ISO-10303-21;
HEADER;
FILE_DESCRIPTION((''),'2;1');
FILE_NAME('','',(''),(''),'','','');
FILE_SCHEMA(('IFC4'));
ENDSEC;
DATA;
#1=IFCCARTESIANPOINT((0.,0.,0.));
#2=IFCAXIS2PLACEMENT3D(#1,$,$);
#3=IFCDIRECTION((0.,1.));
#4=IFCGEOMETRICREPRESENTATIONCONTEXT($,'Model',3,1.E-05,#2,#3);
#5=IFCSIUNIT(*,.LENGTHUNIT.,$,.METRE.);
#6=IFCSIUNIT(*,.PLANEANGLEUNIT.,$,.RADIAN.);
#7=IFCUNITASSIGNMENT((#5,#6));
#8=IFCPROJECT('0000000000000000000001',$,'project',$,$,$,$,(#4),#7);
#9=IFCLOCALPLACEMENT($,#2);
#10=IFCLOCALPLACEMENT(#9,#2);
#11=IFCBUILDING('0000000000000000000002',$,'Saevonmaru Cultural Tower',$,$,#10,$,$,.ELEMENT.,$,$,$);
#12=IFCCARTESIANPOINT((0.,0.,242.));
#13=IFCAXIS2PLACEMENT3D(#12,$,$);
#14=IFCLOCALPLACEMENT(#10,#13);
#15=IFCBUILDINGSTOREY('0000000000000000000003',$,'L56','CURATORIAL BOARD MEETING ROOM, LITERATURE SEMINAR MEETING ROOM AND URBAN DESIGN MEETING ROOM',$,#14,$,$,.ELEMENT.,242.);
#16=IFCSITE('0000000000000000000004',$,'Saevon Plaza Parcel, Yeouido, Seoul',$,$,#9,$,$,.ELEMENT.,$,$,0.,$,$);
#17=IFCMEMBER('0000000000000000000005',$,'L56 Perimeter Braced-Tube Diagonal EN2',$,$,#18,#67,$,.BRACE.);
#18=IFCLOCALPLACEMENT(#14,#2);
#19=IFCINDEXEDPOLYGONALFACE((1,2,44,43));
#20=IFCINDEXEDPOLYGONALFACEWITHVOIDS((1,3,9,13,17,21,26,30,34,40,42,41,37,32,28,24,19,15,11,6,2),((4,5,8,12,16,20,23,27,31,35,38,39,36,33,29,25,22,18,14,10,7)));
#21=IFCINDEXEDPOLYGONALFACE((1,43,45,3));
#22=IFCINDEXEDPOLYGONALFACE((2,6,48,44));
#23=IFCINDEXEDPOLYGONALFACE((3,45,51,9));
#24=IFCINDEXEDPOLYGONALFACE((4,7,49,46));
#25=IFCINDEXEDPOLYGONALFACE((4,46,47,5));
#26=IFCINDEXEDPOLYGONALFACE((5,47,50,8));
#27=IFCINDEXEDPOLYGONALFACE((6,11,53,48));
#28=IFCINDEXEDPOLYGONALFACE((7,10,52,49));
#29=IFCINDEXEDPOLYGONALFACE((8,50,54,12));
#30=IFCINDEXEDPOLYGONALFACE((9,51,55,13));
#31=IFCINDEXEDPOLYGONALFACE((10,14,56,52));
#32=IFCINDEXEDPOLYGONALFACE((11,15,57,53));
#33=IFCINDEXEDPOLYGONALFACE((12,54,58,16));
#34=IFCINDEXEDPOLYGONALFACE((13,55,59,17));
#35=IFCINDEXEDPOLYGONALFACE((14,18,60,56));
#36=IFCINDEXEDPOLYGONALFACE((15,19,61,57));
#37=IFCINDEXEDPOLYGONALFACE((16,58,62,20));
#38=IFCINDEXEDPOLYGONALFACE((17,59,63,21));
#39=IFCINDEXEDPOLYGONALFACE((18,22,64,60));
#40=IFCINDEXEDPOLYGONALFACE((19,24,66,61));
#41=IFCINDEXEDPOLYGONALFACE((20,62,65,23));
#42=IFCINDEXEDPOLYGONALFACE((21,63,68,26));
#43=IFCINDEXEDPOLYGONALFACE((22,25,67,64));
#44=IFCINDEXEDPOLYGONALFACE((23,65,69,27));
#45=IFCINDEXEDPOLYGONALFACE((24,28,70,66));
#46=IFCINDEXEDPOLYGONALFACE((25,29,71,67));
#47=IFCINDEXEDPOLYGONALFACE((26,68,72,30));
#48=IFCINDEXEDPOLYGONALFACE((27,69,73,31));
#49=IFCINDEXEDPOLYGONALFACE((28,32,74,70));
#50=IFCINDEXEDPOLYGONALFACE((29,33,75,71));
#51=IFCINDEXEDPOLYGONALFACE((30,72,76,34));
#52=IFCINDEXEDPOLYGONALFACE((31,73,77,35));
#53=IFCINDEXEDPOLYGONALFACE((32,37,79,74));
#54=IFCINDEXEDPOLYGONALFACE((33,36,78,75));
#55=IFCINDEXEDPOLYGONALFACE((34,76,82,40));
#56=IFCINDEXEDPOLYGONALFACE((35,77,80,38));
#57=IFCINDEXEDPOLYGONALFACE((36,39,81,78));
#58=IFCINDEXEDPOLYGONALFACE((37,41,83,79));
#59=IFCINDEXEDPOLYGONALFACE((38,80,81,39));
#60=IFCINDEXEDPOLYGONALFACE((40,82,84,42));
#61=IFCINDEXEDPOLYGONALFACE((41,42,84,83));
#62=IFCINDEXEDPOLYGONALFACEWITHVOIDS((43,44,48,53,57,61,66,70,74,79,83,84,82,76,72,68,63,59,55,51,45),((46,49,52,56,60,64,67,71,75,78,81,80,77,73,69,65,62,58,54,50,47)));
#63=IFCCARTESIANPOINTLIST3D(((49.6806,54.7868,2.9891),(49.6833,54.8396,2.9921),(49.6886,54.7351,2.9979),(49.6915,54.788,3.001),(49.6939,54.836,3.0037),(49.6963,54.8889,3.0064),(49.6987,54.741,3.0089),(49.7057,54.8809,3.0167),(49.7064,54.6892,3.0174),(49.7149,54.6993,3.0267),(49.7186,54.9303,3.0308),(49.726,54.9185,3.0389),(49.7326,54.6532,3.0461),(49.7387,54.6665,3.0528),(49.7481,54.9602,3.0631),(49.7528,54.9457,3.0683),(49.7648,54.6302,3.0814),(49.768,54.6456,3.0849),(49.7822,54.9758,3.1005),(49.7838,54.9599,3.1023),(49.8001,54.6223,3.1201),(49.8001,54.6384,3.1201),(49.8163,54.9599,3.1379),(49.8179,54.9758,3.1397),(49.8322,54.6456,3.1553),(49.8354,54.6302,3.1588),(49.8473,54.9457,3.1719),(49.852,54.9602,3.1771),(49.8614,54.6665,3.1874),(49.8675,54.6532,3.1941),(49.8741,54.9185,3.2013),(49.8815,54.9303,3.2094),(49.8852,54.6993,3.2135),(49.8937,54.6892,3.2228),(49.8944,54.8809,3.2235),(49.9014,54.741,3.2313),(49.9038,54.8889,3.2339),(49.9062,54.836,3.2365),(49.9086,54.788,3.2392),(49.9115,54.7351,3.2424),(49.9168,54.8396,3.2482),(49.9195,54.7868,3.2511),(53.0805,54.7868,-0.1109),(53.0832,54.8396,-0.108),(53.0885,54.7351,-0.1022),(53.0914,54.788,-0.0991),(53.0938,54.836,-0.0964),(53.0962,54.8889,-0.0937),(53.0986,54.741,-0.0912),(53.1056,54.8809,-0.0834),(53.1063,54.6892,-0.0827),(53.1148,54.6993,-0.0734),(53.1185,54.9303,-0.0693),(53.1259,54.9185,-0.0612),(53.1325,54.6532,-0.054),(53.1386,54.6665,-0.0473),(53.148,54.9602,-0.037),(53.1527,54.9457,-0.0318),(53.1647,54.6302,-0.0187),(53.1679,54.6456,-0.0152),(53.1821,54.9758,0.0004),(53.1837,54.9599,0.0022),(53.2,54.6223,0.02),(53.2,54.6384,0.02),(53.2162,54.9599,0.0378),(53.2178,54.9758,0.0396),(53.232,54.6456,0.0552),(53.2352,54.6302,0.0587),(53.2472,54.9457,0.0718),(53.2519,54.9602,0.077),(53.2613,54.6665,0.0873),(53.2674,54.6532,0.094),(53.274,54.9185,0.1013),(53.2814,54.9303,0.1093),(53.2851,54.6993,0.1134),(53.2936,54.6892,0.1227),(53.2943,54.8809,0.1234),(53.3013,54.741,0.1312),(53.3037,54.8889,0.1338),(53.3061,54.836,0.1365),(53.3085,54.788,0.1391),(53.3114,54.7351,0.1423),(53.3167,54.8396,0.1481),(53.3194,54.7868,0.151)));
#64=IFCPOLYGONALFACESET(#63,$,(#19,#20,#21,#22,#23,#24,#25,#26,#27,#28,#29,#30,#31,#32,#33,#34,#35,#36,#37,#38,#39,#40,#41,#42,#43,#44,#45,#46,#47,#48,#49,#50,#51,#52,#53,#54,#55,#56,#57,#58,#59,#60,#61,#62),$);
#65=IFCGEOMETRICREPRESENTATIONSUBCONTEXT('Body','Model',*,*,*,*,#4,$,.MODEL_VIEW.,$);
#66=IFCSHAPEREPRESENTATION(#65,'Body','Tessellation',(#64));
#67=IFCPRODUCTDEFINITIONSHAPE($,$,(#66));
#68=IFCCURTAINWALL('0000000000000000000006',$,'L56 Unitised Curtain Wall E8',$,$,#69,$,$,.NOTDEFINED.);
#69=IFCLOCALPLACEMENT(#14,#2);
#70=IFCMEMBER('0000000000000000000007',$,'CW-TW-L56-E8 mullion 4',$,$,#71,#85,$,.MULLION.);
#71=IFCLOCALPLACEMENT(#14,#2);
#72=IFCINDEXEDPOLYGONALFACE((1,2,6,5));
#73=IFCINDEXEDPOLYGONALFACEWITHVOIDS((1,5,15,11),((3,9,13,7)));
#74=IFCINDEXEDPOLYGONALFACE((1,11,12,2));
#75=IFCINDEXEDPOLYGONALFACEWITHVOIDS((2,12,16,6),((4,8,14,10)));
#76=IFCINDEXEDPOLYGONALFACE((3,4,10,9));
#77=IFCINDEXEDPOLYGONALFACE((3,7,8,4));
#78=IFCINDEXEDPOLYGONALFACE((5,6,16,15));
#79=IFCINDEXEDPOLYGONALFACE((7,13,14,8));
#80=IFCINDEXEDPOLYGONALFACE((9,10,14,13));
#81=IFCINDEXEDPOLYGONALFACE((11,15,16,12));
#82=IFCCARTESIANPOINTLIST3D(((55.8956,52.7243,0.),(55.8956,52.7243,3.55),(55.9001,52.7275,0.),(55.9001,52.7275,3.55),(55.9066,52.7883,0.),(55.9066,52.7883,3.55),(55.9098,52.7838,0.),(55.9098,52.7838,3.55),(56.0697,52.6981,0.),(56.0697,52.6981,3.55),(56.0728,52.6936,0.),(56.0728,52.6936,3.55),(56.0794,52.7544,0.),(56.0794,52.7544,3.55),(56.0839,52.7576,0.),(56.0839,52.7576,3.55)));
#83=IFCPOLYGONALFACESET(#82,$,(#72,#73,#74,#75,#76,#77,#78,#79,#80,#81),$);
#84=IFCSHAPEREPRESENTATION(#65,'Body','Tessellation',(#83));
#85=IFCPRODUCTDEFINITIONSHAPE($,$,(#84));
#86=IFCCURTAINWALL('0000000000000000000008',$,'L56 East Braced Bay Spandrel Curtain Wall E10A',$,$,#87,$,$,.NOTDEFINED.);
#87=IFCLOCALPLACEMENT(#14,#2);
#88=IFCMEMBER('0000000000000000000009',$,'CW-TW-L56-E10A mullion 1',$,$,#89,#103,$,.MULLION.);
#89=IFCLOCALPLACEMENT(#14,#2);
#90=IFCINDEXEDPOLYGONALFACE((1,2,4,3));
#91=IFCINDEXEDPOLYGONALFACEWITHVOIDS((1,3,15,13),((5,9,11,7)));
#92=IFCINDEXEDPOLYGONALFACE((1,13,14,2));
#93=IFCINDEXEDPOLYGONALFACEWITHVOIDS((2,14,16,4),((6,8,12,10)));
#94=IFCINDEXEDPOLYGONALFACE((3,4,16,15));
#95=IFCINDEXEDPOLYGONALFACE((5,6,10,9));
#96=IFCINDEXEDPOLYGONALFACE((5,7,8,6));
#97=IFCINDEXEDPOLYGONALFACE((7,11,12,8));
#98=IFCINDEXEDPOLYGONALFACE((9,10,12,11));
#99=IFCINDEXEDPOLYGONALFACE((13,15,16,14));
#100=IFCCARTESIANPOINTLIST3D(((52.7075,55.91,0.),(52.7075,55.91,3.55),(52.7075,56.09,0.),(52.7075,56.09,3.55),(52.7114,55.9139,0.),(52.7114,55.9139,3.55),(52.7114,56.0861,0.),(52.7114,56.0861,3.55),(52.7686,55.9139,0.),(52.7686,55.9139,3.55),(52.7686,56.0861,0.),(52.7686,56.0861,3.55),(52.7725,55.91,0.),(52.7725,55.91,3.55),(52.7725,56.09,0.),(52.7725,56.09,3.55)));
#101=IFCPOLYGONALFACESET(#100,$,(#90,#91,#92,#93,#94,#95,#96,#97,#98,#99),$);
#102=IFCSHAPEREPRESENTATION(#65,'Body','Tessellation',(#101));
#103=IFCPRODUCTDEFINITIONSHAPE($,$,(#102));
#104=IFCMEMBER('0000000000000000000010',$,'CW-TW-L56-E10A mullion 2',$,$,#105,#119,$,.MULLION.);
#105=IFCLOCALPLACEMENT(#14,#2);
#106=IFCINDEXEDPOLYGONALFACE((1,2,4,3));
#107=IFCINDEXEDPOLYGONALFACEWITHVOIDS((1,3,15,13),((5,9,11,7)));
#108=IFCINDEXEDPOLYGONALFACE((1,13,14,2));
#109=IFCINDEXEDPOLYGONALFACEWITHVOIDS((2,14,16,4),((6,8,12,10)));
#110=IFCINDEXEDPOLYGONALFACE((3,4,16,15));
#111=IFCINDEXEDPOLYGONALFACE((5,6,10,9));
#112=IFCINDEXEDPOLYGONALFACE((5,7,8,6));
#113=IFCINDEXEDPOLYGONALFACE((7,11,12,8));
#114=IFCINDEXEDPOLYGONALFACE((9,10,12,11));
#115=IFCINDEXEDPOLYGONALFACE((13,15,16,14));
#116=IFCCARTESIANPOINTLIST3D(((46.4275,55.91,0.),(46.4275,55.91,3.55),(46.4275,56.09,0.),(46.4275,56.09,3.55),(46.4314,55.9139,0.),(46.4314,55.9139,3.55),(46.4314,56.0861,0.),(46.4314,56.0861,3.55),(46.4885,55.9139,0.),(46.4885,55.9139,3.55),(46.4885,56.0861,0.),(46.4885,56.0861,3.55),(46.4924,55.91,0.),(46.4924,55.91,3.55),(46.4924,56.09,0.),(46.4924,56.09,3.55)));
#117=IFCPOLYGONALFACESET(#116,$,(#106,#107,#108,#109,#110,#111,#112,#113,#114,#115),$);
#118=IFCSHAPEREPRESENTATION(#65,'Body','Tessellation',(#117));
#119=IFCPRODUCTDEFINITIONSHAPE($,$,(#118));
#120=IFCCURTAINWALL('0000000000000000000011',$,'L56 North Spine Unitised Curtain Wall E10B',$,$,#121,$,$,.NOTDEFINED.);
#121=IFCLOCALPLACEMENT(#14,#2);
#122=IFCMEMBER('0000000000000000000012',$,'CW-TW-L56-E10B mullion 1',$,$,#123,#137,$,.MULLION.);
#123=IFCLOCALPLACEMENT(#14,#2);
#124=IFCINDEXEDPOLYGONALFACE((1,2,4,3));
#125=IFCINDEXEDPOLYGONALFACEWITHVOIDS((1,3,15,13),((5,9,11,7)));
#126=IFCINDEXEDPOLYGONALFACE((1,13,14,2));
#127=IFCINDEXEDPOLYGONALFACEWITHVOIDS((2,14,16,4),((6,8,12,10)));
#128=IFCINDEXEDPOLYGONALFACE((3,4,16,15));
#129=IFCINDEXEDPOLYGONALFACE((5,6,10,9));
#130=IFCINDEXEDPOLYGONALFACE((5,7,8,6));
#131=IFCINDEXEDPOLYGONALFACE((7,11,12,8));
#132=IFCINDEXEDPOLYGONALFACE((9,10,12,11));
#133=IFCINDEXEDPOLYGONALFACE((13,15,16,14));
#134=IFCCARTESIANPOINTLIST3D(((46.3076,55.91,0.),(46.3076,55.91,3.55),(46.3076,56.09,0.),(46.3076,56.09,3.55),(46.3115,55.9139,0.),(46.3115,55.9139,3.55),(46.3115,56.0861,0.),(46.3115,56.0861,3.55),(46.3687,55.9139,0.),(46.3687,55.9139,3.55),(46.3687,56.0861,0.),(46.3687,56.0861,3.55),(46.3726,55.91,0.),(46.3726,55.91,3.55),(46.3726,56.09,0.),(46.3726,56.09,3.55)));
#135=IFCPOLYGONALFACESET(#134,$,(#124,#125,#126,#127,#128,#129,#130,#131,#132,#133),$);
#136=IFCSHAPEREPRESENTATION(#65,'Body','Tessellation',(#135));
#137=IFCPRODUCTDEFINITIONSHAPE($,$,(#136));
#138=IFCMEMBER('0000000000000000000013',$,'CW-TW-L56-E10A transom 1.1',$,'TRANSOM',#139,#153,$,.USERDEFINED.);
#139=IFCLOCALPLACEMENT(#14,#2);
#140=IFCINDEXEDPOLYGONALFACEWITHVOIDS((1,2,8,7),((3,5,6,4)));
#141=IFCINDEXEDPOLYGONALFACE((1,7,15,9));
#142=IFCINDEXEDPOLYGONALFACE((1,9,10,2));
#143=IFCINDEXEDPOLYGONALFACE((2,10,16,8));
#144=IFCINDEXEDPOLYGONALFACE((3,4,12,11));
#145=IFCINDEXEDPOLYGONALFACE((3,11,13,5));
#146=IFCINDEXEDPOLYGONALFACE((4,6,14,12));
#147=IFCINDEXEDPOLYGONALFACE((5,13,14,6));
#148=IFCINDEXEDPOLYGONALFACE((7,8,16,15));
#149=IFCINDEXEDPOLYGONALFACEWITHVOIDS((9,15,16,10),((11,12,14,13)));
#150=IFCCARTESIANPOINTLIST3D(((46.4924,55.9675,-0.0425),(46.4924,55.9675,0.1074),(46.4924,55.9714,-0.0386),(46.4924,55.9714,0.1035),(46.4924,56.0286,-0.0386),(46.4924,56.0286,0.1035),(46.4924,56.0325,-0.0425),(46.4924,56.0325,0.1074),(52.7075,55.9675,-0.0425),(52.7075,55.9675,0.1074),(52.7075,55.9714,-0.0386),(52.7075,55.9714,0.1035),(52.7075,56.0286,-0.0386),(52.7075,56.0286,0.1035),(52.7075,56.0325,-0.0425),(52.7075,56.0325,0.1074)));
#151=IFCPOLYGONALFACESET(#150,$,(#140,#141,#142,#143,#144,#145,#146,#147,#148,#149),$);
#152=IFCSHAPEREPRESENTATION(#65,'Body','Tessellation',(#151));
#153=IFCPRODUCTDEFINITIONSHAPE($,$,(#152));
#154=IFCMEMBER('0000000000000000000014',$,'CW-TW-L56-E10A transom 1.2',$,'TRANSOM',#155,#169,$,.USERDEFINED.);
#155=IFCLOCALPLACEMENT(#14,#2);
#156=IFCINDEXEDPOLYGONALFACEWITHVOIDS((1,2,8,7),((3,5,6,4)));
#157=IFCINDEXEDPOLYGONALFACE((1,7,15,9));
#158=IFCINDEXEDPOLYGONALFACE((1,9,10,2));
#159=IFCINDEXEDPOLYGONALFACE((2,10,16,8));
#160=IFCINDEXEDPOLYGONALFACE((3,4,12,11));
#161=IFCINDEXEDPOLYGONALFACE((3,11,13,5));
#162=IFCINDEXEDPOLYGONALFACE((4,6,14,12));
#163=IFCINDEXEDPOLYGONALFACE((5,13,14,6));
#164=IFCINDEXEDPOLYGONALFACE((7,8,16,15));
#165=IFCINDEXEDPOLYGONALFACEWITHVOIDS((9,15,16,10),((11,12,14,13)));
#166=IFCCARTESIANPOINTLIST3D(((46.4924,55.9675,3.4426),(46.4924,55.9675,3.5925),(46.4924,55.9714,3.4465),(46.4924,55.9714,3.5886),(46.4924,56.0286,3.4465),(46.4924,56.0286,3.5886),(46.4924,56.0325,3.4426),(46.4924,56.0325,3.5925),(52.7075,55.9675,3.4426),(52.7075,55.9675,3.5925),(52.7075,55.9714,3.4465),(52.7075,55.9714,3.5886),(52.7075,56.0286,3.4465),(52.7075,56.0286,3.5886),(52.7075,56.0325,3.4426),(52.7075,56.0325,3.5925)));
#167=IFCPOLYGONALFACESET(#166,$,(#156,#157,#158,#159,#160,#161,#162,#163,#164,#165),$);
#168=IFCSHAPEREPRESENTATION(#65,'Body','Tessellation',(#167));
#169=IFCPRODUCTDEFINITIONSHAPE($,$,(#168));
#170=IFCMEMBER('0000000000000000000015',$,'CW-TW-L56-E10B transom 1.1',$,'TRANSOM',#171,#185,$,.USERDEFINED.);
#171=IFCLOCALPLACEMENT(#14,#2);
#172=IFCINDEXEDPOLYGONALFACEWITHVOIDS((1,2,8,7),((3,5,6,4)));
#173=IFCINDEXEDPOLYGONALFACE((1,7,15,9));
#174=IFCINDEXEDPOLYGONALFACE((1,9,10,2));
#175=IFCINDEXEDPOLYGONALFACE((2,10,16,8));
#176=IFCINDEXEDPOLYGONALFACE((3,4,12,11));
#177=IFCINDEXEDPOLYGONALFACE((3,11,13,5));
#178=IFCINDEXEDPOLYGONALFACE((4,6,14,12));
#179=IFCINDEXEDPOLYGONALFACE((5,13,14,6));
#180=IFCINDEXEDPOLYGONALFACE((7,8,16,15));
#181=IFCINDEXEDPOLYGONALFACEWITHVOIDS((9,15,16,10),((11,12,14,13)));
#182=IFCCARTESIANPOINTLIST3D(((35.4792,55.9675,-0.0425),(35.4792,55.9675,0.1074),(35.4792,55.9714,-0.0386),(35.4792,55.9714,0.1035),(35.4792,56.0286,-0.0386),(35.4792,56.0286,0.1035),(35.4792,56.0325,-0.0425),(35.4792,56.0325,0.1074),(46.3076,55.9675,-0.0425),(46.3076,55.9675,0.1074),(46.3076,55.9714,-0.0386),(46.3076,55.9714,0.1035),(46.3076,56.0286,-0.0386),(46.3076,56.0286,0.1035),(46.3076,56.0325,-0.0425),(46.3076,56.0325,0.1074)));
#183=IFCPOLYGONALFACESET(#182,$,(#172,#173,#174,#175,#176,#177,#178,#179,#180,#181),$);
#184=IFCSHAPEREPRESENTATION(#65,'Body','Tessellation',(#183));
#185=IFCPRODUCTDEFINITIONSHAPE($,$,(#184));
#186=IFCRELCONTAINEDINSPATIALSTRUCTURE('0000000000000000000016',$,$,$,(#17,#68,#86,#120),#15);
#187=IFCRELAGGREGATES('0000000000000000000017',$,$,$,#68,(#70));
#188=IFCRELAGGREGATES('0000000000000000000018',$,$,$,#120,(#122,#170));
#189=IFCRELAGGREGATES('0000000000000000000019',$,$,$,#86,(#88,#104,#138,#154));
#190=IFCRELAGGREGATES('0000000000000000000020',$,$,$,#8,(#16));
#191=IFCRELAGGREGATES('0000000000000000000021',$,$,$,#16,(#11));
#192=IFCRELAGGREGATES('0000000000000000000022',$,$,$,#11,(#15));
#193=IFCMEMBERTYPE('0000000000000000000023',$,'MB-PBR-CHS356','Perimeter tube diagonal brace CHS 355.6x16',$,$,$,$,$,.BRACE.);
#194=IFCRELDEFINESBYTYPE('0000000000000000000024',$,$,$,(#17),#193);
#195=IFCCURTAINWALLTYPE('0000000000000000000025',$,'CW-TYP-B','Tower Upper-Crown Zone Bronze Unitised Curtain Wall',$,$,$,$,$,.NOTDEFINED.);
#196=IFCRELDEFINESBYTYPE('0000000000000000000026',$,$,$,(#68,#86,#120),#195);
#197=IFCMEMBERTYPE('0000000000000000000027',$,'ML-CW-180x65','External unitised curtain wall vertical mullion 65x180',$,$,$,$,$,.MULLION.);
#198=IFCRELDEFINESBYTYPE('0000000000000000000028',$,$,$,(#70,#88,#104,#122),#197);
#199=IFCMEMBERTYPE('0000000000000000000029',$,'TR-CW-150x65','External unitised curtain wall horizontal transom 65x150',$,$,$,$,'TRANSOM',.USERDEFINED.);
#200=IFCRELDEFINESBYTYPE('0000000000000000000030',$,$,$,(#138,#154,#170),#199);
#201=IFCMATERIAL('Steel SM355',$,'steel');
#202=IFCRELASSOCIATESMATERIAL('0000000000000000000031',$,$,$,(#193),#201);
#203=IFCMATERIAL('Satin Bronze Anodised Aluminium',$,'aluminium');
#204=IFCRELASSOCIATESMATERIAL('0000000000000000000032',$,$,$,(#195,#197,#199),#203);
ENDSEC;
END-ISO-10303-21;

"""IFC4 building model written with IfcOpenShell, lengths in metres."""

from ifc_helpers import new_model, si_unit, direction, frame, origin, origin_2d, place, context, subcontext, project, spatial, hollow_rectangle, hollow_circle, extrude, material, material_profile, profile_set, type_object, element, aggregate, save


model = new_model("IFC4")

# Units and contexts
model_context = context("Model", 3, precision=1e-05, world=origin(), true_north=direction((0.0, 1.0)))
body_context = subcontext(model_context, "Body", "Model", "MODEL_VIEW")
ifc_project = project(units=[si_unit("LENGTHUNIT", "METRE"), si_unit("PLANEANGLEUNIT", "RADIAN")], contexts=[model_context])

# Site, building, storey
site_placement = place(None, origin())
site = spatial("IfcSite", under=ifc_project, at=site_placement, Name="Saevon Plaza Parcel, Yeouido, Seoul", CompositionType="ELEMENT", RefElevation=0.0)
building_placement = place(site_placement, origin())
building = spatial("IfcBuilding", under=site, at=building_placement, Name="Saevonmaru Cultural Tower", CompositionType="ELEMENT")
storey_placement = place(building_placement, frame((0.0, 0.0, 242.0)))
storey = spatial("IfcBuildingStorey", under=building, at=storey_placement, Name="L56", Description="CURATORIAL BOARD MEETING ROOM, LITERATURE SEMINAR MEETING ROOM AND URBAN DESIGN MEETING ROOM", CompositionType="ELEMENT", Elevation=242.0)

# Shared definitions
ifc_material_1 = material(Name="Steel SM355", Category="steel")

# Member
ifc_material_profile_1 = material_profile(ifc_material_1, hollow_circle(Radius=0.1777, WallThickness=0.0161, at=origin_2d()), Name="CHS-355.6x16")
ifc_profile_set_1 = profile_set([ifc_material_profile_1], Name="Steel SM355")
member_type_1 = type_object("IfcMemberType", Name="MB-PBR-CHS356", Description="Perimeter tube diagonal brace CHS 355.6x16", PredefinedType="BRACE", material=ifc_profile_set_1)
member_1_placement = place(storey_placement, frame((53.2, 54.8, 0.02), z_axis=(-0.738936, 0.0, 0.673776), x_axis=(0.0, -1.0, 0.0)))
element("IfcMember", 1, at=member_1_placement, inside=storey, type_object=member_type_1, Name="L56 Perimeter Braced-Tube Diagonal EN2", PredefinedType="BRACE", context=body_context, shape_type="SweptSolid", body=[
    extrude(hollow_circle(Radius=0.1777, WallThickness=0.0161, at=origin_2d()), origin(), (0.0, 0.0, 1.0), 4.6011),
])

# Curtain wall, member
ifc_material_2 = material(Name="Satin Bronze Anodised Aluminium", Category="aluminium")
curtain_wall_type = type_object("IfcCurtainWallType", Name="CW-TYP-B", Description="Tower Upper-Crown Zone Bronze Unitised Curtain Wall", PredefinedType="NOTDEFINED", material=ifc_material_2)
curtain_wall_1_placement = place(storey_placement, origin())
curtain_wall_1 = element("IfcCurtainWall", 2, at=curtain_wall_1_placement, inside=storey, type_object=curtain_wall_type, Name="L56 Unitised Curtain Wall E8", PredefinedType="NOTDEFINED")
ifc_material_profile_2 = material_profile(ifc_material_2, hollow_rectangle(XDim=0.0649, YDim=0.1799, WallThickness=0.0039, at=origin_2d()), Name="ALU-MULL-180x65x4")
ifc_profile_set_2 = profile_set([ifc_material_profile_2], Name="Satin Bronze Anodised Aluminium")
member_type_2 = type_object("IfcMemberType", Name="ML-CW-180x65", Description="External unitised curtain wall vertical mullion 65x180", PredefinedType="MULLION", material=ifc_profile_set_2)
member_2_placement = place(storey_placement, frame((55.9897, 52.741, 0.0), z_axis=(0.0, 0.0, 1.0), x_axis=(0.17079, 0.985307, 0.0)))
member_2 = element("IfcMember", 3, at=member_2_placement, type_object=member_type_2, Name="CW-TW-L56-E8 mullion 4", PredefinedType="MULLION", context=body_context, shape_type="SweptSolid", body=[
    extrude(hollow_rectangle(XDim=0.0649, YDim=0.1799, WallThickness=0.0039, at=origin_2d()), origin(), (0.0, 0.0, 1.0), 3.55),
])
aggregate(curtain_wall_1, [member_2])

# Curtain wall, members
curtain_wall_2_placement = place(storey_placement, origin())
curtain_wall_2 = element("IfcCurtainWall", 4, at=curtain_wall_2_placement, inside=storey, type_object=curtain_wall_type, Name="L56 East Braced Bay Spandrel Curtain Wall E10A", PredefinedType="NOTDEFINED")
member_3_placement = place(storey_placement, frame((52.74, 56.0, 0.0), z_axis=(0.0, 0.0, 1.0), x_axis=(-1.0, 0.0, 0.0)))
member_3 = element("IfcMember", 5, at=member_3_placement, type_object=member_type_2, Name="CW-TW-L56-E10A mullion 1", PredefinedType="MULLION", context=body_context, shape_type="SweptSolid", body=[
    extrude(hollow_rectangle(XDim=0.0649, YDim=0.1799, WallThickness=0.0039, at=origin_2d()), origin(), (0.0, 0.0, 1.0), 3.55),
])
member_4_placement = place(storey_placement, frame((46.46, 56.0, 0.0), z_axis=(0.0, 0.0, 1.0), x_axis=(-1.0, 0.0, 0.0)))
member_4 = element("IfcMember", 6, at=member_4_placement, type_object=member_type_2, Name="CW-TW-L56-E10A mullion 2", PredefinedType="MULLION", context=body_context, shape_type="SweptSolid", body=[
    extrude(hollow_rectangle(XDim=0.0649, YDim=0.1799, WallThickness=0.0039, at=origin_2d()), origin(), (0.0, 0.0, 1.0), 3.55),
])

# Curtain wall, member
curtain_wall_3_placement = place(storey_placement, origin())
curtain_wall_3 = element("IfcCurtainWall", 7, at=curtain_wall_3_placement, inside=storey, type_object=curtain_wall_type, Name="L56 North Spine Unitised Curtain Wall E10B", PredefinedType="NOTDEFINED")
member_5_placement = place(storey_placement, frame((46.3401, 56.0, 0.0), z_axis=(0.0, 0.0, 1.0), x_axis=(-1.0, 0.0, 0.0)))
member_5 = element("IfcMember", 8, at=member_5_placement, type_object=member_type_2, Name="CW-TW-L56-E10B mullion 1", PredefinedType="MULLION", context=body_context, shape_type="SweptSolid", body=[
    extrude(hollow_rectangle(XDim=0.0649, YDim=0.1799, WallThickness=0.0039, at=origin_2d()), origin(), (0.0, 0.0, 1.0), 3.55),
])

# Members
ifc_material_profile_3 = material_profile(ifc_material_2, hollow_rectangle(XDim=0.0649, YDim=0.1499, WallThickness=0.0039, at=origin_2d()), Name="ALU-TRAN-150x65x4")
ifc_profile_set_3 = profile_set([ifc_material_profile_3], Name="Satin Bronze Anodised Aluminium")
member_type_3 = type_object("IfcMemberType", Name="TR-CW-150x65", Description="External unitised curtain wall horizontal transom 65x150", ElementType="TRANSOM", PredefinedType="USERDEFINED", material=ifc_profile_set_3)
member_6_placement = place(storey_placement, frame((52.7075, 56.0, 0.0325), z_axis=(-1.0, 0.0, 0.0), x_axis=(0.0, -1.0, 0.0)))
member_6 = element("IfcMember", 9, at=member_6_placement, type_object=member_type_3, Name="CW-TW-L56-E10A transom 1.1", ObjectType="TRANSOM", PredefinedType="USERDEFINED", context=body_context, shape_type="SweptSolid", body=[
    extrude(hollow_rectangle(XDim=0.0649, YDim=0.1499, WallThickness=0.0039, at=origin_2d()), origin(), (0.0, 0.0, 1.0), 6.2151),
])
member_7_placement = place(storey_placement, frame((52.7075, 56.0, 3.5176), z_axis=(-1.0, 0.0, 0.0), x_axis=(0.0, -1.0, 0.0)))
member_7 = element("IfcMember", 10, at=member_7_placement, type_object=member_type_3, Name="CW-TW-L56-E10A transom 1.2", ObjectType="TRANSOM", PredefinedType="USERDEFINED", context=body_context, shape_type="SweptSolid", body=[
    extrude(hollow_rectangle(XDim=0.0649, YDim=0.1499, WallThickness=0.0039, at=origin_2d()), origin(), (0.0, 0.0, 1.0), 6.2151),
])
member_8_placement = place(storey_placement, frame((46.3076, 56.0, 0.0325), z_axis=(-1.0, 0.0, 0.0), x_axis=(0.0, -1.0, 0.0)))
member_8 = element("IfcMember", 11, at=member_8_placement, type_object=member_type_3, Name="CW-TW-L56-E10B transom 1.1", ObjectType="TRANSOM", PredefinedType="USERDEFINED", context=body_context, shape_type="SweptSolid", body=[
    extrude(hollow_rectangle(XDim=0.0649, YDim=0.1499, WallThickness=0.0039, at=origin_2d()), origin(), (0.0, 0.0, 1.0), 10.8284),
])
aggregate(curtain_wall_3, [member_5, member_8])

aggregate(curtain_wall_2, [member_3, member_4, member_6, member_7])

save(model, "model.ifc")
